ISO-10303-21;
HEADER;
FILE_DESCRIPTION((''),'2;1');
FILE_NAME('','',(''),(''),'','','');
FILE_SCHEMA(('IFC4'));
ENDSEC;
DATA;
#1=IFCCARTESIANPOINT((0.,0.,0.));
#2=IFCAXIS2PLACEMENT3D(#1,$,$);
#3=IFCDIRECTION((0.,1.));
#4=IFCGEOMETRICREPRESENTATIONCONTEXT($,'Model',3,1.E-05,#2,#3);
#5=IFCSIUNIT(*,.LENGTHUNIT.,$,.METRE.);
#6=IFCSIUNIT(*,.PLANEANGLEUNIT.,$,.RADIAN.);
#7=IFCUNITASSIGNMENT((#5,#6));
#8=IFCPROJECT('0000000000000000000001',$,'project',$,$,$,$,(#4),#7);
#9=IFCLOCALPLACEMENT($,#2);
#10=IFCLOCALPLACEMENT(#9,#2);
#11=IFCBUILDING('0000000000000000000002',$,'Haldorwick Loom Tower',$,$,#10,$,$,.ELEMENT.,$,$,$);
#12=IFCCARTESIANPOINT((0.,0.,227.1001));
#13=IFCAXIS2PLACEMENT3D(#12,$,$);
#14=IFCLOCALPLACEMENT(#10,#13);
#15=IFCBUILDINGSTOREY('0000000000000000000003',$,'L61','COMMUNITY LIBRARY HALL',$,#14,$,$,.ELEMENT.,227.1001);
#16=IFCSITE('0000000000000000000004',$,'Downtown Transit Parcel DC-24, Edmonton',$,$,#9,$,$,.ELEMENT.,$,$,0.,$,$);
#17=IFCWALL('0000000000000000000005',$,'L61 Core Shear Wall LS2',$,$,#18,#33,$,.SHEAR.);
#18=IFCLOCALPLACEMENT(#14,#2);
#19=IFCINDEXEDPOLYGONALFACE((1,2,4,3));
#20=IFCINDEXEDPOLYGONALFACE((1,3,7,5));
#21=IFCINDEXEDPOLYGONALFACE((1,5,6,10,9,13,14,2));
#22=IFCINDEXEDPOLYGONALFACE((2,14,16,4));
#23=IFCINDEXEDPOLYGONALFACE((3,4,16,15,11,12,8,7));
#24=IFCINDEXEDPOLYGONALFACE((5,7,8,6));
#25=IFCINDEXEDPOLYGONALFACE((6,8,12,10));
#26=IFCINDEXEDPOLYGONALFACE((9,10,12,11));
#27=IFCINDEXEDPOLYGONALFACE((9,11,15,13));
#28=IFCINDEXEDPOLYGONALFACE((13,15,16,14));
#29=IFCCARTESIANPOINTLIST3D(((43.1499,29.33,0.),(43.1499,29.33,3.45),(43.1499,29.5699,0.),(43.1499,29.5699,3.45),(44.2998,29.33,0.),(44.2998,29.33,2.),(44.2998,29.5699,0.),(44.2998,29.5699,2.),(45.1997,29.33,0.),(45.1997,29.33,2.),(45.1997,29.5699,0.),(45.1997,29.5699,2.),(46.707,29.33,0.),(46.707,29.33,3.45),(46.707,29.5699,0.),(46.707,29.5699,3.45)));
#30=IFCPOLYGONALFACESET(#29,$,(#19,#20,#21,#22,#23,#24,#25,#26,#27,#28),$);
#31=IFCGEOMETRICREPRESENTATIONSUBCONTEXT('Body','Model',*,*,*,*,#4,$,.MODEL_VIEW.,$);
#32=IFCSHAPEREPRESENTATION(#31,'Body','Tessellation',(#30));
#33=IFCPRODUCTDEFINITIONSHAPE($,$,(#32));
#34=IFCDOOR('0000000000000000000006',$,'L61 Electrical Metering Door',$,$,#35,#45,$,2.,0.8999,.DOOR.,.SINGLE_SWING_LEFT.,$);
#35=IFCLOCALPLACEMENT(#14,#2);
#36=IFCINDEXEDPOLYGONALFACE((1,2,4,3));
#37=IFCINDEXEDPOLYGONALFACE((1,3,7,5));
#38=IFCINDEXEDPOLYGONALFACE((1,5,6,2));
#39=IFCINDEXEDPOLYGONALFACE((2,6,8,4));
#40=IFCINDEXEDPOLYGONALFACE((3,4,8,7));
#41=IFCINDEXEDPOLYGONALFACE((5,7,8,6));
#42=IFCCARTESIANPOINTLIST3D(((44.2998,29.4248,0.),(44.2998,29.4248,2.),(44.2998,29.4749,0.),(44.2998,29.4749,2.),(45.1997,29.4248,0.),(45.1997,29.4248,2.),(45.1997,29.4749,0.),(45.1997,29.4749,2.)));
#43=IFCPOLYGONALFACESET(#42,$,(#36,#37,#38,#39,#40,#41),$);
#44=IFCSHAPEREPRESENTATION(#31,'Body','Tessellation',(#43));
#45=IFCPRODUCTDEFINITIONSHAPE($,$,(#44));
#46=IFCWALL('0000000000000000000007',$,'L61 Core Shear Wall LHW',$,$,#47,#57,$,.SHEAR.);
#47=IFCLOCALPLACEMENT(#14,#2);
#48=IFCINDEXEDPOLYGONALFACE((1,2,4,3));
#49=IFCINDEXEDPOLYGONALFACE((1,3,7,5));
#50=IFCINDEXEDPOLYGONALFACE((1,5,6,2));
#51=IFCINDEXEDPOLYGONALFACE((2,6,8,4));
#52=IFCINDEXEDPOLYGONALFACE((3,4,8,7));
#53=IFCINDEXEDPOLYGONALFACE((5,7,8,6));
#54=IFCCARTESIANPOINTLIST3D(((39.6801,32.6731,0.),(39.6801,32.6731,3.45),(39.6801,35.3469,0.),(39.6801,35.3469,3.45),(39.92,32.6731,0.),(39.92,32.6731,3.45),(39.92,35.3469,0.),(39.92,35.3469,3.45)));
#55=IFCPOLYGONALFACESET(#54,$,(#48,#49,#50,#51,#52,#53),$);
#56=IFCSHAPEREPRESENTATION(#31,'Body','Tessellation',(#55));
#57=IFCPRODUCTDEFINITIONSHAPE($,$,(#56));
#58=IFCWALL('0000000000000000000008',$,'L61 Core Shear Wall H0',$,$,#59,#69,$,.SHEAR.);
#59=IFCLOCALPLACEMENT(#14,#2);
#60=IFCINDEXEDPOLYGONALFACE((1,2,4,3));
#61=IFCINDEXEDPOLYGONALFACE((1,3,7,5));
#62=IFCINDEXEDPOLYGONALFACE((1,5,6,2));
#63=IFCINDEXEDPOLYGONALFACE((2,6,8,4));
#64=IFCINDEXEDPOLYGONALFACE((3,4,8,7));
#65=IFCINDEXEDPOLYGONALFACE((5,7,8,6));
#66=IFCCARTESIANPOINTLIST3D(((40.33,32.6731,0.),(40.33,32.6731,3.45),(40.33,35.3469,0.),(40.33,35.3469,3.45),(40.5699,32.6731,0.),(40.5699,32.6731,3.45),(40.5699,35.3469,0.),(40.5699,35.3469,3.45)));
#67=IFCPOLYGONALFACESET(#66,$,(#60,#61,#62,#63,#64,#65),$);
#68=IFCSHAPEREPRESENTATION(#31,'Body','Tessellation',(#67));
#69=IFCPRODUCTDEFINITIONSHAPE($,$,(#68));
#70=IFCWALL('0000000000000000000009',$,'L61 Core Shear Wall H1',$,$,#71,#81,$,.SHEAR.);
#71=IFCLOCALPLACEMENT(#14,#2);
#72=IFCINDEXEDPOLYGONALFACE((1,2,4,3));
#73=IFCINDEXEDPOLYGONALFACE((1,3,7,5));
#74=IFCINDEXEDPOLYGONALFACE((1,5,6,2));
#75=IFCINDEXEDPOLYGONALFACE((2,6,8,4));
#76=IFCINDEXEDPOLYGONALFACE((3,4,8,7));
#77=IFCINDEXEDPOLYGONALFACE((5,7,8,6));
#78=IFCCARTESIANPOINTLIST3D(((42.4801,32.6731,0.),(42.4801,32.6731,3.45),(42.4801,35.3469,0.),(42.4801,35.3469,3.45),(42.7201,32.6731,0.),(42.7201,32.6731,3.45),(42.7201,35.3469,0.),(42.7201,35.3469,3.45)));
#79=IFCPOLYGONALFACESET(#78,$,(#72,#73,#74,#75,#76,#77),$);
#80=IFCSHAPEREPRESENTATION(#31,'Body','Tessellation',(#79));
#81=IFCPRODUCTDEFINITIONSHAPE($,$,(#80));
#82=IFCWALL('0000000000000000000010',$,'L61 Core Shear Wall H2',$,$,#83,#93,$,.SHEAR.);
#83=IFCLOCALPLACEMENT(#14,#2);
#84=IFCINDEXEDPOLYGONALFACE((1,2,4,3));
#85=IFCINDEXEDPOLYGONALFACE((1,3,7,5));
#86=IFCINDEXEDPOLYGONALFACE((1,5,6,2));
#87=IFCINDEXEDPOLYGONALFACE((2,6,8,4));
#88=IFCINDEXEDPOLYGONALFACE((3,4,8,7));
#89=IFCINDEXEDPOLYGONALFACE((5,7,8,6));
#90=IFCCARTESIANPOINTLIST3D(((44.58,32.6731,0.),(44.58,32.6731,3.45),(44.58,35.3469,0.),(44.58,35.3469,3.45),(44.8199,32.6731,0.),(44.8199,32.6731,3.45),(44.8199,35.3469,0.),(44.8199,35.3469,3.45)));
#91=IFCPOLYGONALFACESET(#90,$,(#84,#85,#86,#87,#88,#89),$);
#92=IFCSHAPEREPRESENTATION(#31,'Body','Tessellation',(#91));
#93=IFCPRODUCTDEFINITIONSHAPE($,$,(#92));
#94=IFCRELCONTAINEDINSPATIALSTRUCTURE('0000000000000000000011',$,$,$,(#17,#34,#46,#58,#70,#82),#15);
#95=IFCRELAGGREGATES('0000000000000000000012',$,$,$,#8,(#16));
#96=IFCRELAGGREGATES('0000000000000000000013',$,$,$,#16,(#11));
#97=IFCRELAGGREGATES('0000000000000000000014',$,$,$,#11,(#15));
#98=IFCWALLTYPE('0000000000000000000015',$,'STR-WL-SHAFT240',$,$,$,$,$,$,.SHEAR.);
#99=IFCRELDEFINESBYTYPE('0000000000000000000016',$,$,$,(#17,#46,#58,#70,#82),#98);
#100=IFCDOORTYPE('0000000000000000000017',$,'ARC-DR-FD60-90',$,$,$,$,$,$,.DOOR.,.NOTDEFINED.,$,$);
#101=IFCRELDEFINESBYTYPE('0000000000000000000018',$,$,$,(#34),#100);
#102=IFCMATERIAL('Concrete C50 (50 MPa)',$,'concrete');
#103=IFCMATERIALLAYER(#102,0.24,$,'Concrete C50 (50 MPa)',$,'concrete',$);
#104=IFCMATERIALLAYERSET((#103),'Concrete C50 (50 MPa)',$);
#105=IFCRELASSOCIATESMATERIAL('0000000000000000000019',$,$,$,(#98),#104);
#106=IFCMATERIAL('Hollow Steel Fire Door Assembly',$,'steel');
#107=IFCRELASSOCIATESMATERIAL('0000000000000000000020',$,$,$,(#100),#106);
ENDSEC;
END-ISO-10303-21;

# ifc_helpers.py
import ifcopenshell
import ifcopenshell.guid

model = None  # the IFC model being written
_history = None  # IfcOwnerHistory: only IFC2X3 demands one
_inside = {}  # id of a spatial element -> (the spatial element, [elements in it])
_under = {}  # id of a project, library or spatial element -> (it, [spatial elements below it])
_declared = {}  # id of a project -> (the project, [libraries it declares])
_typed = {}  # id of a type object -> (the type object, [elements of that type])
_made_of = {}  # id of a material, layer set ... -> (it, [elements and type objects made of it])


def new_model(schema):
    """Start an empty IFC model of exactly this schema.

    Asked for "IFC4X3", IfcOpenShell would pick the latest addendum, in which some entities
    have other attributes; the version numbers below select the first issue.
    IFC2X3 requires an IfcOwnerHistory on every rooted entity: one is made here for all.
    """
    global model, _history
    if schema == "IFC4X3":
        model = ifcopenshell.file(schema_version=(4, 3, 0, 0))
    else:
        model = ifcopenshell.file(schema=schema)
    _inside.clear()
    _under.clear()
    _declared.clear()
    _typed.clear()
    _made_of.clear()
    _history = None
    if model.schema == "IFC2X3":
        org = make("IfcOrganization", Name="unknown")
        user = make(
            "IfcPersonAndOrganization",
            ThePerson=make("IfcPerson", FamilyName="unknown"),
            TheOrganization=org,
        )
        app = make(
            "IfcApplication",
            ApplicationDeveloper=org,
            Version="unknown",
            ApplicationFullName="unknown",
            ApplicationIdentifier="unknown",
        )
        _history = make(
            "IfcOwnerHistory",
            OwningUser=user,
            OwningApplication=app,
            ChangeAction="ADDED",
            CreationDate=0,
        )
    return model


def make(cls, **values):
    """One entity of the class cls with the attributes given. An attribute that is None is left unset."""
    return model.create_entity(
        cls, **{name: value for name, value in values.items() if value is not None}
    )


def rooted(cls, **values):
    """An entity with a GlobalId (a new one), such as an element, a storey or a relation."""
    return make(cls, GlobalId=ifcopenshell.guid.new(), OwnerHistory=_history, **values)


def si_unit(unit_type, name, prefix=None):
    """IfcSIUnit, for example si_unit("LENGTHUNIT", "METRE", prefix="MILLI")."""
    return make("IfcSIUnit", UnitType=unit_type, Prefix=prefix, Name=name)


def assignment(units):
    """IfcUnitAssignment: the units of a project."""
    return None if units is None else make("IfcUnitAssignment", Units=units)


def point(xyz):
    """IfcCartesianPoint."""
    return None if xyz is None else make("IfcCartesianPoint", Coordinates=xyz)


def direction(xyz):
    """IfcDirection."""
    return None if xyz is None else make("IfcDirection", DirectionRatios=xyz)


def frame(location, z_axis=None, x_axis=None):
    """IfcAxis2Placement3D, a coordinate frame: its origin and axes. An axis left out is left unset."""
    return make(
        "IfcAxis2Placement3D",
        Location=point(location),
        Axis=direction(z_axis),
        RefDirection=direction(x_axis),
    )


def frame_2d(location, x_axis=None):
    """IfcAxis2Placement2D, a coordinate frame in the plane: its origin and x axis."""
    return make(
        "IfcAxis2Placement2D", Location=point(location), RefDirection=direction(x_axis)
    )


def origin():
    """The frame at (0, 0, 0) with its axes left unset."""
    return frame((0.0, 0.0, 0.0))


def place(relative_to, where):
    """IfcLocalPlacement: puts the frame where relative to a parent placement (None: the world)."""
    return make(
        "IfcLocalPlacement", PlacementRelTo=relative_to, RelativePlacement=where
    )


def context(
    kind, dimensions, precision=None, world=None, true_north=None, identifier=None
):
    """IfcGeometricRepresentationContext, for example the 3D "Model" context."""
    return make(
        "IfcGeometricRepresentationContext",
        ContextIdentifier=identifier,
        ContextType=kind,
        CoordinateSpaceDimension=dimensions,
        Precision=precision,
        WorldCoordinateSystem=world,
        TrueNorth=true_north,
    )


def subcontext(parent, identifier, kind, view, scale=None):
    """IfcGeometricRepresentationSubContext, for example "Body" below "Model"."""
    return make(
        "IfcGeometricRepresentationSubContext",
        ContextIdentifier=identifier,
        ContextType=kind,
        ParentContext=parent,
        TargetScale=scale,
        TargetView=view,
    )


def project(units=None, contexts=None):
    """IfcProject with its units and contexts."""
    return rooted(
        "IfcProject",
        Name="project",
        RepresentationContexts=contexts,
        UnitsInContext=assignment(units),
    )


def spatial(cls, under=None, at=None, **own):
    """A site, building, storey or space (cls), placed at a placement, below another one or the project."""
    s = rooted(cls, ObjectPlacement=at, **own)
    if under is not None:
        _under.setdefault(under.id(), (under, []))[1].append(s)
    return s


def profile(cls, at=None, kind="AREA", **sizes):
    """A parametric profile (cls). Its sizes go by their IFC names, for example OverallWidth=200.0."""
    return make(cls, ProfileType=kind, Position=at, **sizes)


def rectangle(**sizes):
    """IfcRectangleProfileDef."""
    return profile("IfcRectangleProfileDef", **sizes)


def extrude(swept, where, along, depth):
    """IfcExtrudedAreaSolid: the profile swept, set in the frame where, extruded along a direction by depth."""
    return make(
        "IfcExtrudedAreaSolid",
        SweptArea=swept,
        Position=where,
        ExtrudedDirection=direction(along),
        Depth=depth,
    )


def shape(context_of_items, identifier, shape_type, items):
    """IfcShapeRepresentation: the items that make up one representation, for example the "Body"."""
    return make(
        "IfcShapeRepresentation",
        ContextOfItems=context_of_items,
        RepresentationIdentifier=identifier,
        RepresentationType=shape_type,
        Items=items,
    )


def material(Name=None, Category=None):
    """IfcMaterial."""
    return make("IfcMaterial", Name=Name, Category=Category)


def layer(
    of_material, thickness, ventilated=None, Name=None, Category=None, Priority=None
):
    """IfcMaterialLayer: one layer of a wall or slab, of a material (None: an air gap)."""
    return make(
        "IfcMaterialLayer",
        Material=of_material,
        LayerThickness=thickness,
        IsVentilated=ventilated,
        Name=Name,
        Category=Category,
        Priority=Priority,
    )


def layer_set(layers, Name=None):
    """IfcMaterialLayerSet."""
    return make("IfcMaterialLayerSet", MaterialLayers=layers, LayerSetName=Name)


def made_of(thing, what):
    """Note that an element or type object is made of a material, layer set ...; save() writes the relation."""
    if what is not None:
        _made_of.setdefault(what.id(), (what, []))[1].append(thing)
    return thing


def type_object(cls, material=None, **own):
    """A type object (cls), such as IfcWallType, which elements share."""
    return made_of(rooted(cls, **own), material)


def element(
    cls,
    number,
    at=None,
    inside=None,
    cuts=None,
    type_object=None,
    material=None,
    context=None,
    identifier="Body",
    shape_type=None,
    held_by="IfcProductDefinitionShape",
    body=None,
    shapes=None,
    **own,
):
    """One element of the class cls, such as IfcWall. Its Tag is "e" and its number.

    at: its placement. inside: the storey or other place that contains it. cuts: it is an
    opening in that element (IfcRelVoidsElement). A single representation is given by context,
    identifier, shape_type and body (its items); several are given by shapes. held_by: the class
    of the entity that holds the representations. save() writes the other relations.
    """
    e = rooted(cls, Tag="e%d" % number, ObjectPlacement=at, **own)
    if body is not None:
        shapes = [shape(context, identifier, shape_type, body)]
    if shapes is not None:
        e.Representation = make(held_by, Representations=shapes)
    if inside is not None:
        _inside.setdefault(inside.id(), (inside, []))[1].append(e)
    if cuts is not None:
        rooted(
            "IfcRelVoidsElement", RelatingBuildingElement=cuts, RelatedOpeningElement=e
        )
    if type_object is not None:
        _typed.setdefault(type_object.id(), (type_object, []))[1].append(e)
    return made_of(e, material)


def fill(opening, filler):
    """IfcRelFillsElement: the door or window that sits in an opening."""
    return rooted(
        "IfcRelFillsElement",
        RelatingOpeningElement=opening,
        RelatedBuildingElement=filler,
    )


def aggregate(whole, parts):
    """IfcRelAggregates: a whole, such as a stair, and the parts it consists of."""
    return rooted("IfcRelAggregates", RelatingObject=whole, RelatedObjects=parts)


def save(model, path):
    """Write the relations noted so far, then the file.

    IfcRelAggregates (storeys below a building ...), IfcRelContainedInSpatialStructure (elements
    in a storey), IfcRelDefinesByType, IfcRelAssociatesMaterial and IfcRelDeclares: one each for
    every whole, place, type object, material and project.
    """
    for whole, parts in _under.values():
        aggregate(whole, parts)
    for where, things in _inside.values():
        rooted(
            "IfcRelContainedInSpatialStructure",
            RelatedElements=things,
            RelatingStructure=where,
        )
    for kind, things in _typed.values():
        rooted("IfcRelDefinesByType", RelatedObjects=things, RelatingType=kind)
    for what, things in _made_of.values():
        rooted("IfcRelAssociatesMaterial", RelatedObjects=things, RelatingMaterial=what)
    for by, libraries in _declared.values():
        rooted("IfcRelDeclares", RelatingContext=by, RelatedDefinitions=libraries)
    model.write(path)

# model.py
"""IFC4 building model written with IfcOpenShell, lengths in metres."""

from ifc_helpers import new_model, si_unit, direction, frame, frame_2d, origin, place, context, subcontext, project, spatial, rectangle, extrude, material, layer, layer_set, type_object, element, fill, save


model = new_model("IFC4")

# Units and contexts
model_context = context("Model", 3, precision=1e-05, world=origin(), true_north=direction((0.0, 1.0)))
body_context = subcontext(model_context, "Body", "Model", "MODEL_VIEW")
ifc_project = project(units=[si_unit("LENGTHUNIT", "METRE"), si_unit("PLANEANGLEUNIT", "RADIAN")], contexts=[model_context])

# Site, building, storey
site_placement = place(None, origin())
site = spatial("IfcSite", under=ifc_project, at=site_placement, Name="Downtown Transit Parcel DC-24, Edmonton", CompositionType="ELEMENT", RefElevation=0.0)
building_placement = place(site_placement, origin())
building = spatial("IfcBuilding", under=site, at=building_placement, Name="Haldorwick Loom Tower", CompositionType="ELEMENT")
storey_placement = place(building_placement, frame((0.0, 0.0, 227.1001)))
storey = spatial("IfcBuildingStorey", under=building, at=storey_placement, Name="L61", Description="COMMUNITY LIBRARY HALL", CompositionType="ELEMENT", Elevation=227.1001)

# Shared definitions
ifc_material_1 = material(Name="Concrete C50 (50 MPa)", Category="concrete")

# Wall, opening, door
ifc_layer_1 = layer(ifc_material_1, 0.24, Name="Concrete C50 (50 MPa)", Category="concrete")
ifc_layer_set_1 = layer_set([ifc_layer_1], Name="Concrete C50 (50 MPa)")
wall_type_1 = type_object("IfcWallType", Name="STR-WL-SHAFT240", PredefinedType="SHEAR", material=ifc_layer_set_1)
wall_1_placement = place(storey_placement, frame((43.1499, 29.45, 0.0), z_axis=(0.0, 0.0, 1.0), x_axis=(1.0, 0.0, 0.0)))
wall_1 = element("IfcWall", 1, at=wall_1_placement, inside=storey, type_object=wall_type_1, Name="L61 Core Shear Wall LS2", PredefinedType="SHEAR", context=body_context, shape_type="SweptSolid", body=[
    extrude(rectangle(XDim=3.5571, YDim=0.24, at=frame_2d((1.7786, 0.0))), origin(), (0.0, 0.0, 1.0), 3.45),
])
opening_1_placement = place(wall_1_placement, frame((1.1499, 0.0, 0.0)))
opening_1 = element("IfcOpeningElement", 2, at=opening_1_placement, cuts=wall_1, PredefinedType="OPENING", context=body_context, shape_type="SweptSolid", body=[
    extrude(rectangle(XDim=0.8999, YDim=2.0, at=frame_2d((0.45, 1.0))), frame((0.0, 0.1299, 0.0), z_axis=(0.0, -1.0, 0.0), x_axis=(1.0, 0.0, 0.0)), (0.0, 0.0, 1.0), 0.26),
])
ifc_material_2 = material(Name="Hollow Steel Fire Door Assembly", Category="steel")
door_type = type_object("IfcDoorType", Name="ARC-DR-FD60-90", OperationType="NOTDEFINED", PredefinedType="DOOR", material=ifc_material_2)
door_placement = place(opening_1_placement, origin())
door = element("IfcDoor", 3, at=door_placement, inside=storey, type_object=door_type, Name="L61 Electrical Metering Door", OperationType="SINGLE_SWING_LEFT", OverallHeight=2.0, OverallWidth=0.8999, PredefinedType="DOOR", context=body_context, shape_type="SweptSolid", body=[
    extrude(rectangle(XDim=0.8999, YDim=2.0, at=frame_2d((0.45, 1.0))), frame((0.0, 0.0249, 0.0), z_axis=(0.0, -1.0, 0.0), x_axis=(1.0, 0.0, 0.0)), (0.0, 0.0, 1.0), 0.05),
])
fill(opening_1, door)

# Walls
for number, where, z_axis, x_axis, name in (
    (4, (39.8, 32.6731, 0.0), (0.0, 0.0, 1.0), (0.0, 1.0, 0.0), "L61 Core Shear Wall LHW"),
    (5, (40.45, 32.6731, 0.0), (0.0, 0.0, 1.0), (0.0, 1.0, 0.0), "L61 Core Shear Wall H0"),
    (6, (42.6001, 32.6731, 0.0), (0.0, 0.0, 1.0), (0.0, 1.0, 0.0), "L61 Core Shear Wall H1"),
    (7, (44.7, 32.6731, 0.0), (0.0, 0.0, 1.0), (0.0, 1.0, 0.0), "L61 Core Shear Wall H2"),
):
    element("IfcWall", number, at=place(storey_placement, frame(where, z_axis=z_axis, x_axis=x_axis)), inside=storey, type_object=wall_type_1, Name=name, PredefinedType="SHEAR", context=body_context, shape_type="SweptSolid", body=[
        extrude(rectangle(XDim=2.6738, YDim=0.24, at=frame_2d((1.3369, 0.0))), origin(), (0.0, 0.0, 1.0), 3.45),
    ])

save(model, "model.ifc")
